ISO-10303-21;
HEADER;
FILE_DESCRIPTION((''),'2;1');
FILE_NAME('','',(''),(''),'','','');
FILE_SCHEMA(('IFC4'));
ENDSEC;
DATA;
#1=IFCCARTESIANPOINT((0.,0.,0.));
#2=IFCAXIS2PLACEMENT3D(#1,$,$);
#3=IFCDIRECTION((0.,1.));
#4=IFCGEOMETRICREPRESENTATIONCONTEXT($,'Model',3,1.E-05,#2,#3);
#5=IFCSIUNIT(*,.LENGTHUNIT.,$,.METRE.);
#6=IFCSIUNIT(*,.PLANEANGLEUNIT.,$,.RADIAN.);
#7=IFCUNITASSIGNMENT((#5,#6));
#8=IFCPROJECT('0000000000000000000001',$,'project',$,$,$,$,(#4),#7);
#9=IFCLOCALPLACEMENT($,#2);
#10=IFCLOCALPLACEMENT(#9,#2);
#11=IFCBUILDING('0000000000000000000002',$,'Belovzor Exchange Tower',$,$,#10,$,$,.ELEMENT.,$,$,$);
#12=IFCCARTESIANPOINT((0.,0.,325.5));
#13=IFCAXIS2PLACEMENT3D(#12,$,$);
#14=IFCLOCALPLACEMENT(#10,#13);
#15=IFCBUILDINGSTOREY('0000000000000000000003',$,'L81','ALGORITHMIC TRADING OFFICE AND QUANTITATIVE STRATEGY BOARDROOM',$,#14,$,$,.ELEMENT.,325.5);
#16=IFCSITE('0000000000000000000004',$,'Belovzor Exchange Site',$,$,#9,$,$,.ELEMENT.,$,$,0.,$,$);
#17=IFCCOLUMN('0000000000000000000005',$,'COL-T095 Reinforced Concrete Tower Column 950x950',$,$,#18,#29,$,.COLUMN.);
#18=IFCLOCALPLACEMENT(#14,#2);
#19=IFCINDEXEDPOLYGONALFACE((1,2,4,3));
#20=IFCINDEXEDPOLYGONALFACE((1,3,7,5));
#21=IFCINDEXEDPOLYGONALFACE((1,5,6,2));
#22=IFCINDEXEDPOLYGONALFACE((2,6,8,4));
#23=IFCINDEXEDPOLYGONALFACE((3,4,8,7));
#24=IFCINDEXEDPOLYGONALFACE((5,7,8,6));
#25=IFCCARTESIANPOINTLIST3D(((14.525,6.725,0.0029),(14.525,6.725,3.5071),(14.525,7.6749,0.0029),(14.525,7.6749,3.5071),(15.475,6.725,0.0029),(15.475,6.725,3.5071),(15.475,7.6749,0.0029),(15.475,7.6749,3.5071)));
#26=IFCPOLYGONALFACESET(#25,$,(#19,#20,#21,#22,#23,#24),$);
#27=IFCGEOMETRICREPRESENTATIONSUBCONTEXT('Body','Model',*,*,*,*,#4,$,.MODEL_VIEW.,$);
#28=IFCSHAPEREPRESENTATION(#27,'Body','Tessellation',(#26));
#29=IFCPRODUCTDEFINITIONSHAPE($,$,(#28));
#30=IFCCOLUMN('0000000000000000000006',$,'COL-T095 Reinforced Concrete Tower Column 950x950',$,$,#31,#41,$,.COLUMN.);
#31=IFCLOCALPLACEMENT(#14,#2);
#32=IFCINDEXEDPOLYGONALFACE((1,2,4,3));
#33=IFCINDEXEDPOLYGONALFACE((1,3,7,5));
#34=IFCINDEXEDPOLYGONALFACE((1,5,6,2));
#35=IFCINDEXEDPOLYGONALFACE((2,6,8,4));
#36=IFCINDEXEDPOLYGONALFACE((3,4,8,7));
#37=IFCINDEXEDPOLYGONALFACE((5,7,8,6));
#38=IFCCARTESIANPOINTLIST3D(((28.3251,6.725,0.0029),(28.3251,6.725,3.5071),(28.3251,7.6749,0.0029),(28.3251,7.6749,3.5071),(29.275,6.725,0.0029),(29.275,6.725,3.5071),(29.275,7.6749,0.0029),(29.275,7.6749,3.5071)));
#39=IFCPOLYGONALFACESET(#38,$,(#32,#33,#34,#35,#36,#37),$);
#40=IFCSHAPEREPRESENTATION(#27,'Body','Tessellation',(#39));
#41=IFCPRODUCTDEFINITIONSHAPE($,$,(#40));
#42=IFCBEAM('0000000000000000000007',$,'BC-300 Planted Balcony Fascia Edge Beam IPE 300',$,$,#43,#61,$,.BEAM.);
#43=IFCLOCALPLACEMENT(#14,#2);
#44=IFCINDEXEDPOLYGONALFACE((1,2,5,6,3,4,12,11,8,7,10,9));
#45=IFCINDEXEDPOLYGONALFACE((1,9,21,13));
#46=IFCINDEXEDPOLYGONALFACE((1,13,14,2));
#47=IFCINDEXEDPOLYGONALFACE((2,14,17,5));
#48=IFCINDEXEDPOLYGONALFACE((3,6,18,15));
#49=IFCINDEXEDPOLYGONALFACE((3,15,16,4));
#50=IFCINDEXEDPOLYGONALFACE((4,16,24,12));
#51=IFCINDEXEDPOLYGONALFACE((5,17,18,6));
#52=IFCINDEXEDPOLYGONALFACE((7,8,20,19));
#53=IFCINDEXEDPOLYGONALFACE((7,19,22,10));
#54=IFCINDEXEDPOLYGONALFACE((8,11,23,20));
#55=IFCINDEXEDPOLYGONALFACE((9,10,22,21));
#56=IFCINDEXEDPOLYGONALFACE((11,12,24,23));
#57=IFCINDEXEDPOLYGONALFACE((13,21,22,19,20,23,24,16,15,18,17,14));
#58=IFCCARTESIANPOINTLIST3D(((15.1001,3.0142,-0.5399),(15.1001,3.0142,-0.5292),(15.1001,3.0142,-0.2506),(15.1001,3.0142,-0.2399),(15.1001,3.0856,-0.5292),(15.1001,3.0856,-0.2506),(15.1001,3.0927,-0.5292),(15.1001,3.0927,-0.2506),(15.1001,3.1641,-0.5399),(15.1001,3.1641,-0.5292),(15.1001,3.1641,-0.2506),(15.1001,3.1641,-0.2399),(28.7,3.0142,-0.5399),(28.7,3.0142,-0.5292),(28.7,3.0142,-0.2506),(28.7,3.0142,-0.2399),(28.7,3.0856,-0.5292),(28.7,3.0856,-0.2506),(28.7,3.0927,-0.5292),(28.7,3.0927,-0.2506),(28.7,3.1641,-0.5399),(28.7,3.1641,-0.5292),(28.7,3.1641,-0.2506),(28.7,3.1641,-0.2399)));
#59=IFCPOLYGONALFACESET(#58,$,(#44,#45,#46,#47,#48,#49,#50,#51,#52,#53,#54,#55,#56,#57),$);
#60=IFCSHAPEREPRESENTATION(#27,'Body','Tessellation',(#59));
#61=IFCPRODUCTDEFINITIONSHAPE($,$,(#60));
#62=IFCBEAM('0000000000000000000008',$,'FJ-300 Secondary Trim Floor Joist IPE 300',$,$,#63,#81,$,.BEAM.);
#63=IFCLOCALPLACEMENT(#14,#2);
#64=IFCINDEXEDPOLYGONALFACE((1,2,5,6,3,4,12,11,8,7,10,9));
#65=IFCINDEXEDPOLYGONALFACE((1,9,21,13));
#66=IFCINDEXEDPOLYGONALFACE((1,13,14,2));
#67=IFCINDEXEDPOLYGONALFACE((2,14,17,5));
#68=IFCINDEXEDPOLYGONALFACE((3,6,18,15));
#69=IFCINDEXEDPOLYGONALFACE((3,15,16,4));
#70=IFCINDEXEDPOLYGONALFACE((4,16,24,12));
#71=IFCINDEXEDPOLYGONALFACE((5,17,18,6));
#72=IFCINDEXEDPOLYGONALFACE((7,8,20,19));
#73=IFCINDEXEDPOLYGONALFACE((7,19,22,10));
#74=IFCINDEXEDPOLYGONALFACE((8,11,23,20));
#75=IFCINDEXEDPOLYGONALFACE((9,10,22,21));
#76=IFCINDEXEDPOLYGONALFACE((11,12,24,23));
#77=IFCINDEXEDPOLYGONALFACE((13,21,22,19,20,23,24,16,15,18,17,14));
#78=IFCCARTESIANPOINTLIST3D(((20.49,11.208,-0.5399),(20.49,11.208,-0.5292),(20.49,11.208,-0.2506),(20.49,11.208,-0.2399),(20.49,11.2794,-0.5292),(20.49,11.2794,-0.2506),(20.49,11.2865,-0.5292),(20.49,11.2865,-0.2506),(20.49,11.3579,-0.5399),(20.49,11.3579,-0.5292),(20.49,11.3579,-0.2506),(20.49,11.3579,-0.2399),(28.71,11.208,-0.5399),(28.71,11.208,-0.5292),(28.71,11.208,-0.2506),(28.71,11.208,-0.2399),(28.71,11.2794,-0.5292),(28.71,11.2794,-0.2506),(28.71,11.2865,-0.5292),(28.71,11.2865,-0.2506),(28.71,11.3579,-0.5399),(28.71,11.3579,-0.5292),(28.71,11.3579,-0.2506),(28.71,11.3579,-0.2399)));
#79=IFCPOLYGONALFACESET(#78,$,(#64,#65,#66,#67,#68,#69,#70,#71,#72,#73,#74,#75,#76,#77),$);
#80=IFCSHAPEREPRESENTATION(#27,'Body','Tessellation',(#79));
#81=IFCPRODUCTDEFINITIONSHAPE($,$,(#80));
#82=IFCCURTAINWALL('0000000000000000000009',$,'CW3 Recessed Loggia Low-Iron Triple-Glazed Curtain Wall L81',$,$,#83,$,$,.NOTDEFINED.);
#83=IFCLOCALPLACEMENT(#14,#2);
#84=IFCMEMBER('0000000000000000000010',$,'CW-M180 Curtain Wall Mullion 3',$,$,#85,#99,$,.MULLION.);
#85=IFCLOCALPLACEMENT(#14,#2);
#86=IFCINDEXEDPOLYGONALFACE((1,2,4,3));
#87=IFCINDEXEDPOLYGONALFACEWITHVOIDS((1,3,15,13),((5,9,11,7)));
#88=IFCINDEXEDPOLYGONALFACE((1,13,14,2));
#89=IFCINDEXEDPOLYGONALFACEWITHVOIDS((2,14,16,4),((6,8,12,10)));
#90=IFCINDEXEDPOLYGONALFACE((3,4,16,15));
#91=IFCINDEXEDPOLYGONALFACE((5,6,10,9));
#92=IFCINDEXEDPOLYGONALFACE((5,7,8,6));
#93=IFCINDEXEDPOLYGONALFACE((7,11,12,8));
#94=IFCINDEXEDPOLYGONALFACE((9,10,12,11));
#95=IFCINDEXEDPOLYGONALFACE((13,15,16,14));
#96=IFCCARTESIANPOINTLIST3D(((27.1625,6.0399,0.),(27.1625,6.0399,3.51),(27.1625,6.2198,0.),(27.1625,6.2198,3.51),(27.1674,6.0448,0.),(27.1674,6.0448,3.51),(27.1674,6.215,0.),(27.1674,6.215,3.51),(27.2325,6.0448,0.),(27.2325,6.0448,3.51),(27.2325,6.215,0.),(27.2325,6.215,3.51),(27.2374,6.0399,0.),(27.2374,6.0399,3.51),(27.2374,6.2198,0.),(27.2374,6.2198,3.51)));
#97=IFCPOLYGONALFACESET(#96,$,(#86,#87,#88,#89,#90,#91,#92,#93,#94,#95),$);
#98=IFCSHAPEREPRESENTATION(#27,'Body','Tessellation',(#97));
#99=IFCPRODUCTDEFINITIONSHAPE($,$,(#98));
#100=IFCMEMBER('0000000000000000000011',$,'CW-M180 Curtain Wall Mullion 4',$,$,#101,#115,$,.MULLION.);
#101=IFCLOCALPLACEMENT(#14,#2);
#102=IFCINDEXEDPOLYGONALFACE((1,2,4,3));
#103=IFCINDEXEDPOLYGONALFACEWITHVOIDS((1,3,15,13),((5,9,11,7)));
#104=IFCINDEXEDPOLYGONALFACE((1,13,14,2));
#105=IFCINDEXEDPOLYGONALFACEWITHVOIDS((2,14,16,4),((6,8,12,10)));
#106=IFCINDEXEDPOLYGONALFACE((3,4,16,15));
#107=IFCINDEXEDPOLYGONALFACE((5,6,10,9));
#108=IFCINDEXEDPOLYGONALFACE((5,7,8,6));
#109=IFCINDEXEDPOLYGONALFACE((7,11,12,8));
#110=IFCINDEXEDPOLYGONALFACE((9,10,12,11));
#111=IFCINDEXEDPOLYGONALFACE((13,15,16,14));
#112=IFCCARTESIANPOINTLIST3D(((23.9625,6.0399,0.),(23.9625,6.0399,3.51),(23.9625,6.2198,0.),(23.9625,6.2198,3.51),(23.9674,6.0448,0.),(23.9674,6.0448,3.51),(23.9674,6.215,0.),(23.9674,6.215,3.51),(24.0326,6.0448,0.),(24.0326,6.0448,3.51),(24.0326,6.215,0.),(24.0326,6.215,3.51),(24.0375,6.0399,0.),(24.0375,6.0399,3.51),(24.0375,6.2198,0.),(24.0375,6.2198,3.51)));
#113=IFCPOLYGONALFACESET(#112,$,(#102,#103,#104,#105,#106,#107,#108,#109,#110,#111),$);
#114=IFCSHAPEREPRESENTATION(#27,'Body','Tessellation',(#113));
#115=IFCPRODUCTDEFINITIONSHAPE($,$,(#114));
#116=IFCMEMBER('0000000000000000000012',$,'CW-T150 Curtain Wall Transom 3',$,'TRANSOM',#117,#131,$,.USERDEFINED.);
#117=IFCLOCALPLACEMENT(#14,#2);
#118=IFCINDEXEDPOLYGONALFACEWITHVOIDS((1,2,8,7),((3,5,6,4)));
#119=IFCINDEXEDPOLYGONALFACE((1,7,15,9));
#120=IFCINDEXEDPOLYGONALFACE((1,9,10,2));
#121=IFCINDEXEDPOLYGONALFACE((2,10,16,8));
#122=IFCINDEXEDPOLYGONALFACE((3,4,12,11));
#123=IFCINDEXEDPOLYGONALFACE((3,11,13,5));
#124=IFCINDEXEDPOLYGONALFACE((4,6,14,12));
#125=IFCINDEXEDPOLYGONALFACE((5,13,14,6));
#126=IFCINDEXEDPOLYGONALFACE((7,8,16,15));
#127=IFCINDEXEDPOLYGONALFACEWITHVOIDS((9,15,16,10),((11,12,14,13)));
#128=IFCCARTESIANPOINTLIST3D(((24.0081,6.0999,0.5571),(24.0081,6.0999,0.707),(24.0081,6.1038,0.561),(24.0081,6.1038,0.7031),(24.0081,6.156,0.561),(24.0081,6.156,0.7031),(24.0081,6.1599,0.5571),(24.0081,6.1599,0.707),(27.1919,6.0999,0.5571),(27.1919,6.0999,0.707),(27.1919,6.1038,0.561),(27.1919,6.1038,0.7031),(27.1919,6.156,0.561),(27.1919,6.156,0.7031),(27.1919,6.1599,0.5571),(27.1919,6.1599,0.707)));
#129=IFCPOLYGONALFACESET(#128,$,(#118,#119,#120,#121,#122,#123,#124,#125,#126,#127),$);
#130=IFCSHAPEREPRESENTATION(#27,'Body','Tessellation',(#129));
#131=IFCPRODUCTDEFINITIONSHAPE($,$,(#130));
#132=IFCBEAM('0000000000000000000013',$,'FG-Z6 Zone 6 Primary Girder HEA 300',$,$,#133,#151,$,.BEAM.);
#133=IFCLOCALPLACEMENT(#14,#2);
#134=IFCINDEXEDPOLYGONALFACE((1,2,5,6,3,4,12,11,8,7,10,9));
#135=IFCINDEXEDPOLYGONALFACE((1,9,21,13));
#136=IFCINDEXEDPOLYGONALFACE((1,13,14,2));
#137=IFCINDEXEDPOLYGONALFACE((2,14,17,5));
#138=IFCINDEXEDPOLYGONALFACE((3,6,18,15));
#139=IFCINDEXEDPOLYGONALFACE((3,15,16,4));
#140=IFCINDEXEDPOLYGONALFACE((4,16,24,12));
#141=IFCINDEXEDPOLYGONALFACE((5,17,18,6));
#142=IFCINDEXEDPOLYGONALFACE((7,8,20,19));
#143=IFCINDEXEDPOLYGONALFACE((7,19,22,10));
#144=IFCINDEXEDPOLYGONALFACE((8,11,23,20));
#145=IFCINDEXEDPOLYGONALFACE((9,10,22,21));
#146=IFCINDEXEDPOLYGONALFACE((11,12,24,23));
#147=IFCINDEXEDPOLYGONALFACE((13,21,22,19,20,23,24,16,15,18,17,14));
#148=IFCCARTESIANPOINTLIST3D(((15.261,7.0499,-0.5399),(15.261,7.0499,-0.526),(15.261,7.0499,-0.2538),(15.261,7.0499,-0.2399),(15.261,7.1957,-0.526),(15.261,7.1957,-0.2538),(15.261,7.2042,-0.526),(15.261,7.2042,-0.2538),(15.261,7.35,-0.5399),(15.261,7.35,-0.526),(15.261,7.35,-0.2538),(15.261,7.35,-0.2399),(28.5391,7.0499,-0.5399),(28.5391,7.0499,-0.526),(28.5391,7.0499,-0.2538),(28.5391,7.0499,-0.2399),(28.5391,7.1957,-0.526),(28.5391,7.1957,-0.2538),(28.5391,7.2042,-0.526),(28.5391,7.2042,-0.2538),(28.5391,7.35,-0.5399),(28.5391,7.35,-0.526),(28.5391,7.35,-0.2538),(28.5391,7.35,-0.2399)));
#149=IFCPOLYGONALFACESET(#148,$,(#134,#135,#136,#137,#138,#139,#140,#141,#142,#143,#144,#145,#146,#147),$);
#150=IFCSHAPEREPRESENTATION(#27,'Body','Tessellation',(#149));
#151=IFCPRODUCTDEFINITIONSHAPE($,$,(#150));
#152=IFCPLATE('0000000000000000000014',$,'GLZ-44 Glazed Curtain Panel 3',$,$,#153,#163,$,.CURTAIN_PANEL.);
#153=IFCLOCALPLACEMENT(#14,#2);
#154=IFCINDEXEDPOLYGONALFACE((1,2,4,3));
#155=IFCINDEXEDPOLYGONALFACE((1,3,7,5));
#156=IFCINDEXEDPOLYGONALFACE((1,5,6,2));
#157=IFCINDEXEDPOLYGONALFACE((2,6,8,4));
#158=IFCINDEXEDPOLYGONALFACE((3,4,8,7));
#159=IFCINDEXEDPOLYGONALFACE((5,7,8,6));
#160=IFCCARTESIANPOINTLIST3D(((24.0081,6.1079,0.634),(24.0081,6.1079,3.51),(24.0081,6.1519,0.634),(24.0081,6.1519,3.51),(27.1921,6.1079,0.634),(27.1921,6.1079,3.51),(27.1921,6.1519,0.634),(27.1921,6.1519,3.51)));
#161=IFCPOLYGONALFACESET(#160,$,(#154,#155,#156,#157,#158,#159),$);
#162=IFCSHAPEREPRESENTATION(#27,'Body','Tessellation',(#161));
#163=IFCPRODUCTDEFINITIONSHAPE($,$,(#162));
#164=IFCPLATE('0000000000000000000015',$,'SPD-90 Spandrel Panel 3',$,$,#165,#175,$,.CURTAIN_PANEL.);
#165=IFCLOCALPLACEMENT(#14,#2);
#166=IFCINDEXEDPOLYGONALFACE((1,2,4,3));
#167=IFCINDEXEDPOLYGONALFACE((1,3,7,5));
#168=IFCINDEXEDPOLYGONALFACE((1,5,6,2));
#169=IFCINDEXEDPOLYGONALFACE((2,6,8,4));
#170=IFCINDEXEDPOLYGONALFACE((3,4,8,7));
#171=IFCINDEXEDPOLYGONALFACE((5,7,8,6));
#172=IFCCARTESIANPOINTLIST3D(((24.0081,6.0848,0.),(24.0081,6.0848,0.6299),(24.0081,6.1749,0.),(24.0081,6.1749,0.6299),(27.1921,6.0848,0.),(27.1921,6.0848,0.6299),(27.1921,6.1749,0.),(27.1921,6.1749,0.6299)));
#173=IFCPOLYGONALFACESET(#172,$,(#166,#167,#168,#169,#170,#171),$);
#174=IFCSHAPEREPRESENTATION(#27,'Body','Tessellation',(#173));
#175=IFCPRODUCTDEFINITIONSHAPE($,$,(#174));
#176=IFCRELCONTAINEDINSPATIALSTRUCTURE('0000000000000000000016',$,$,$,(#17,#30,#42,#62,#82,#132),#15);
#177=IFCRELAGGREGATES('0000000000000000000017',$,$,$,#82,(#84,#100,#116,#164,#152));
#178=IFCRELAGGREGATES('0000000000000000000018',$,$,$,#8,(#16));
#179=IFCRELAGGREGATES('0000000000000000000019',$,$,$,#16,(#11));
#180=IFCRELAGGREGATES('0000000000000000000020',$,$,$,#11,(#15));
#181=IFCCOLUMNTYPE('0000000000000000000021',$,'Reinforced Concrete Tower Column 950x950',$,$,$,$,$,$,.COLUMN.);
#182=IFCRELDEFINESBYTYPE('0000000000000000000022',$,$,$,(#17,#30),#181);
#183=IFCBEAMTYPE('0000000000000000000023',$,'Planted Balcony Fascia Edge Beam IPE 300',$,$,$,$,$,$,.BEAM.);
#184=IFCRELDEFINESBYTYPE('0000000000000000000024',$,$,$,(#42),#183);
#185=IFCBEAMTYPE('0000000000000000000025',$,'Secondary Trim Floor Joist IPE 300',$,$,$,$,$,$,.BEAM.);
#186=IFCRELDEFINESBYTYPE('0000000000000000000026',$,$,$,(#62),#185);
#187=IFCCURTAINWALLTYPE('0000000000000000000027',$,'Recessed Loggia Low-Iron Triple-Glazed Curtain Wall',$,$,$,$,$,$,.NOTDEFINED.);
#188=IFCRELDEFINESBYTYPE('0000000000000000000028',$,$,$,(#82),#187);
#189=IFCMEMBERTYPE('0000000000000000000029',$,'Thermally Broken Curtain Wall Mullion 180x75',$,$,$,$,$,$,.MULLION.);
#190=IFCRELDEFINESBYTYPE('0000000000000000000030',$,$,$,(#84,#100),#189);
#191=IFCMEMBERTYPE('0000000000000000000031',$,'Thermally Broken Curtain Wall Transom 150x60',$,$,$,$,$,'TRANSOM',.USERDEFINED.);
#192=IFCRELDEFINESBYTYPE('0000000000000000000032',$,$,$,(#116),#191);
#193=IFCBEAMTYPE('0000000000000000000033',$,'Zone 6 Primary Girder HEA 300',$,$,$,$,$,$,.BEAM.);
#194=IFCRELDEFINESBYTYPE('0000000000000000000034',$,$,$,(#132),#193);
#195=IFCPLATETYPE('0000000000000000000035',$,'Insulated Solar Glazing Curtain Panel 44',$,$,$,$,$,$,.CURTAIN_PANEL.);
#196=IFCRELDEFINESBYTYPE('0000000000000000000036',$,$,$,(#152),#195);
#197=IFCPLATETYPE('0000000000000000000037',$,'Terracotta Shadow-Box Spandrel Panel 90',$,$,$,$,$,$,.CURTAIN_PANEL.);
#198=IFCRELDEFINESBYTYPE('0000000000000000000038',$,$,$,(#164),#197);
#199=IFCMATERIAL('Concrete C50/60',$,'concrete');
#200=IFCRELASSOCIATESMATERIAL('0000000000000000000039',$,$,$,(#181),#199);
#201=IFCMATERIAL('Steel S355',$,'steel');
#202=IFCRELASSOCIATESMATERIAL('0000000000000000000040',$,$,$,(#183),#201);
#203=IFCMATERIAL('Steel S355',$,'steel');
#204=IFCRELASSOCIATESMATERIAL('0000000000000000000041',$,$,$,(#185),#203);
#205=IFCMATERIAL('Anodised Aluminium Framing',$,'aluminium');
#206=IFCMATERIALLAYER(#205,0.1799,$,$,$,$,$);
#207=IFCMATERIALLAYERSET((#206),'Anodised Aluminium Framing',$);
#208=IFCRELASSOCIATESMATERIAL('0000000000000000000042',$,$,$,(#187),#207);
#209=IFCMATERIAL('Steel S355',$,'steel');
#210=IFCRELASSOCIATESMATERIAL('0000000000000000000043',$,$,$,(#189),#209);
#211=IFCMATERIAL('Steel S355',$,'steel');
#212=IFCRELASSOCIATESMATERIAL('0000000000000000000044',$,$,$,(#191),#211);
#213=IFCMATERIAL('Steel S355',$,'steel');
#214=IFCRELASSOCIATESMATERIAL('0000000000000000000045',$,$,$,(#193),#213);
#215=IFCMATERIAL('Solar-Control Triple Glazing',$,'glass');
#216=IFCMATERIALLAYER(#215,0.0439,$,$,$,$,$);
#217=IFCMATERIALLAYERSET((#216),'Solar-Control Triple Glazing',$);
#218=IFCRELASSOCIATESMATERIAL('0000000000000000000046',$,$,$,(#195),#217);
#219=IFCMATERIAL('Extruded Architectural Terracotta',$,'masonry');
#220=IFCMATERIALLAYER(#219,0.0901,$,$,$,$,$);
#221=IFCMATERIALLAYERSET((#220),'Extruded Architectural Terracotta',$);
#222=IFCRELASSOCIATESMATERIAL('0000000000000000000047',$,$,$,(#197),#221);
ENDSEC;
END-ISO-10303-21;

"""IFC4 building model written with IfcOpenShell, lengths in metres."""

from ifc_helpers import new_model, si_unit, direction, frame, origin, origin_2d, place, context, subcontext, project, spatial, rectangle, hollow_rectangle, i_section, extrude, material, layer, layer_set, material_profile, profile_set, type_object, element, aggregate, save


model = new_model("IFC4")

# Units and contexts
model_context = context("Model", 3, precision=1e-05, world=origin(), true_north=direction((0.0, 1.0)))
body_context = subcontext(model_context, "Body", "Model", "MODEL_VIEW")
ifc_project = project(units=[si_unit("LENGTHUNIT", "METRE"), si_unit("PLANEANGLEUNIT", "RADIAN")], contexts=[model_context])

# Site, building, storey
site_placement = place(None, origin())
site = spatial("IfcSite", under=ifc_project, at=site_placement, Name="Belovzor Exchange Site", CompositionType="ELEMENT", RefElevation=0.0)
building_placement = place(site_placement, origin())
building = spatial("IfcBuilding", under=site, at=building_placement, Name="Belovzor Exchange Tower", CompositionType="ELEMENT")
storey_placement = place(building_placement, frame((0.0, 0.0, 325.5)))
storey = spatial("IfcBuildingStorey", under=building, at=storey_placement, Name="L81", Description="ALGORITHMIC TRADING OFFICE AND QUANTITATIVE STRATEGY BOARDROOM", CompositionType="ELEMENT", Elevation=325.5)

# Columns
ifc_material_1 = material(Name="Concrete C50/60", Category="concrete")
ifc_material_profile_1 = material_profile(ifc_material_1, rectangle(XDim=0.95, YDim=0.95, at=origin_2d()))
ifc_profile_set_1 = profile_set([ifc_material_profile_1], Name="Concrete C50/60")
column_type = type_object("IfcColumnType", Name="Reinforced Concrete Tower Column 950x950", PredefinedType="COLUMN", material=ifc_profile_set_1)
for number, where, z_axis, x_axis, name in (
    (1, (15.0, 7.2, 0.0029), (0.0, 0.0, 1.0), (1.0, 0.0, 0.0), "COL-T095 Reinforced Concrete Tower Column 950x950"),
    (2, (28.8, 7.2, 0.0029), (0.0, 0.0, 1.0), (1.0, 0.0, 0.0), "COL-T095 Reinforced Concrete Tower Column 950x950"),
):
    element("IfcColumn", number, at=place(storey_placement, frame(where, z_axis=z_axis, x_axis=x_axis)), inside=storey, type_object=column_type, Name=name, PredefinedType="COLUMN", context=body_context, shape_type="SweptSolid", body=[
        extrude(rectangle(XDim=0.95, YDim=0.95, at=origin_2d()), origin(), (0.0, 0.0, 1.0), 3.5042),
    ])

# Beams
ifc_material_2 = material(Name="Steel S355", Category="steel")
ifc_material_profile_2 = material_profile(ifc_material_2, i_section(OverallWidth=0.1499, OverallDepth=0.3, WebThickness=0.0071, FlangeThickness=0.0107, at=origin_2d()))
ifc_profile_set_2 = profile_set([ifc_material_profile_2], Name="Steel S355")
beam_type_1 = type_object("IfcBeamType", Name="Planted Balcony Fascia Edge Beam IPE 300", PredefinedType="BEAM", material=ifc_profile_set_2)
beam_1_placement = place(storey_placement, frame((15.1001, 3.0891, -0.3899), z_axis=(1.0, 0.0, 0.0), x_axis=(0.0, 1.0, 0.0)))
element("IfcBeam", 3, at=beam_1_placement, inside=storey, type_object=beam_type_1, Name="BC-300 Planted Balcony Fascia Edge Beam IPE 300", PredefinedType="BEAM", context=body_context, shape_type="SweptSolid", body=[
    extrude(i_section(OverallWidth=0.1499, OverallDepth=0.3, WebThickness=0.0071, FlangeThickness=0.0107, at=origin_2d()), origin(), (0.0, 0.0, 1.0), 13.5999),
])
ifc_material_3 = material(Name="Steel S355", Category="steel")
ifc_material_profile_3 = material_profile(ifc_material_3, i_section(OverallWidth=0.1499, OverallDepth=0.3, WebThickness=0.0071, FlangeThickness=0.0107, at=origin_2d()))
ifc_profile_set_3 = profile_set([ifc_material_profile_3], Name="Steel S355")
beam_type_2 = type_object("IfcBeamType", Name="Secondary Trim Floor Joist IPE 300", PredefinedType="BEAM", material=ifc_profile_set_3)
beam_2_placement = place(storey_placement, frame((20.49, 11.283, -0.3899), z_axis=(1.0, 0.0, 0.0), x_axis=(0.0, 1.0, 0.0)))
element("IfcBeam", 4, at=beam_2_placement, inside=storey, type_object=beam_type_2, Name="FJ-300 Secondary Trim Floor Joist IPE 300", PredefinedType="BEAM", context=body_context, shape_type="SweptSolid", body=[
    extrude(i_section(OverallWidth=0.1499, OverallDepth=0.3, WebThickness=0.0071, FlangeThickness=0.0107, at=origin_2d()), origin(), (0.0, 0.0, 1.0), 8.22),
])

# Curtain wall, members
ifc_material_4 = material(Name="Anodised Aluminium Framing", Category="aluminium")
ifc_layer_1 = layer(ifc_material_4, 0.1799)
ifc_layer_set_1 = layer_set([ifc_layer_1], Name="Anodised Aluminium Framing")
curtain_wall_type = type_object("IfcCurtainWallType", Name="Recessed Loggia Low-Iron Triple-Glazed Curtain Wall", PredefinedType="NOTDEFINED", material=ifc_layer_set_1)
curtain_wall_placement = place(storey_placement, origin())
curtain_wall = element("IfcCurtainWall", 5, at=curtain_wall_placement, inside=storey, type_object=curtain_wall_type, Name="CW3 Recessed Loggia Low-Iron Triple-Glazed Curtain Wall L81", PredefinedType="NOTDEFINED")
ifc_material_5 = material(Name="Steel S355", Category="steel")
ifc_material_profile_4 = material_profile(ifc_material_5, hollow_rectangle(XDim=0.075, YDim=0.1799, WallThickness=0.0049, at=origin_2d()))
ifc_profile_set_4 = profile_set([ifc_material_profile_4], Name="Steel S355")
member_type_1 = type_object("IfcMemberType", Name="Thermally Broken Curtain Wall Mullion 180x75", PredefinedType="MULLION", material=ifc_profile_set_4)
member_1_placement = place(storey_placement, frame((27.2, 6.1299, 0.0), z_axis=(0.0, 0.0, 1.0), x_axis=(-1.0, 0.0, 0.0)))
member_1 = element("IfcMember", 6, at=member_1_placement, type_object=member_type_1, Name="CW-M180 Curtain Wall Mullion 3", PredefinedType="MULLION", context=body_context, shape_type="SweptSolid", body=[
    extrude(hollow_rectangle(XDim=0.075, YDim=0.1799, WallThickness=0.0049, at=origin_2d()), origin(), (0.0, 0.0, 1.0), 3.51),
])
member_2_placement = place(storey_placement, frame((24.0, 6.1299, 0.0), z_axis=(0.0, 0.0, 1.0), x_axis=(-1.0, 0.0, 0.0)))
member_2 = element("IfcMember", 7, at=member_2_placement, type_object=member_type_1, Name="CW-M180 Curtain Wall Mullion 4", PredefinedType="MULLION", context=body_context, shape_type="SweptSolid", body=[
    extrude(hollow_rectangle(XDim=0.075, YDim=0.1799, WallThickness=0.0049, at=origin_2d()), origin(), (0.0, 0.0, 1.0), 3.51),
])
ifc_material_6 = material(Name="Steel S355", Category="steel")
ifc_material_profile_5 = material_profile(ifc_material_6, hollow_rectangle(XDim=0.0601, YDim=0.1499, WallThickness=0.0039, at=origin_2d()))
ifc_profile_set_5 = profile_set([ifc_material_profile_5], Name="Steel S355")
member_type_2 = type_object("IfcMemberType", Name="Thermally Broken Curtain Wall Transom 150x60", ElementType="TRANSOM", PredefinedType="USERDEFINED", material=ifc_profile_set_5)
member_3_placement = place(storey_placement, frame((27.1919, 6.1299, 0.6321), z_axis=(-1.0, 0.0, 0.0), x_axis=(0.0, -1.0, 0.0)))
member_3 = element("IfcMember", 8, at=member_3_placement, type_object=member_type_2, Name="CW-T150 Curtain Wall Transom 3", ObjectType="TRANSOM", PredefinedType="USERDEFINED", context=body_context, shape_type="SweptSolid", body=[
    extrude(hollow_rectangle(XDim=0.0601, YDim=0.1499, WallThickness=0.0039, at=origin_2d()), origin(), (0.0, 0.0, 1.0), 3.1838),
])

# Beam
ifc_material_7 = material(Name="Steel S355", Category="steel")
ifc_material_profile_6 = material_profile(ifc_material_7, i_section(OverallWidth=0.3, OverallDepth=0.3, WebThickness=0.0085, FlangeThickness=0.0139, at=origin_2d()))
ifc_profile_set_6 = profile_set([ifc_material_profile_6], Name="Steel S355")
beam_type_3 = type_object("IfcBeamType", Name="Zone 6 Primary Girder HEA 300", PredefinedType="BEAM", material=ifc_profile_set_6)
beam_3_placement = place(storey_placement, frame((15.261, 7.2, -0.3899), z_axis=(1.0, 0.0, 0.0), x_axis=(0.0, 1.0, 0.0)))
element("IfcBeam", 9, at=beam_3_placement, inside=storey, type_object=beam_type_3, Name="FG-Z6 Zone 6 Primary Girder HEA 300", PredefinedType="BEAM", context=body_context, shape_type="SweptSolid", body=[
    extrude(i_section(OverallWidth=0.3, OverallDepth=0.3, WebThickness=0.0085, FlangeThickness=0.0139, at=origin_2d()), origin(), (0.0, 0.0, 1.0), 13.2781),
])

# Plates
ifc_material_8 = material(Name="Solar-Control Triple Glazing", Category="glass")
ifc_layer_2 = layer(ifc_material_8, 0.0439)
ifc_layer_set_2 = layer_set([ifc_layer_2], Name="Solar-Control Triple Glazing")
plate_type_1 = type_object("IfcPlateType", Name="Insulated Solar Glazing Curtain Panel 44", PredefinedType="CURTAIN_PANEL", material=ifc_layer_set_2)
plate_1_placement = place(storey_placement, frame((25.6001, 6.1299, 0.634), z_axis=(0.0, 0.0, 1.0), x_axis=(-1.0, 0.0, 0.0)))
plate_1 = element("IfcPlate", 10, at=plate_1_placement, type_object=plate_type_1, Name="GLZ-44 Glazed Curtain Panel 3", PredefinedType="CURTAIN_PANEL", context=body_context, shape_type="SweptSolid", body=[
    extrude(rectangle(XDim=3.1841, YDim=0.0439, at=origin_2d()), origin(), (0.0, 0.0, 1.0), 2.876),
])
ifc_material_9 = material(Name="Extruded Architectural Terracotta", Category="masonry")
ifc_layer_3 = layer(ifc_material_9, 0.0901)
ifc_layer_set_3 = layer_set([ifc_layer_3], Name="Extruded Architectural Terracotta")
plate_type_2 = type_object("IfcPlateType", Name="Terracotta Shadow-Box Spandrel Panel 90", PredefinedType="CURTAIN_PANEL", material=ifc_layer_set_3)
plate_2_placement = place(storey_placement, frame((25.6001, 6.1299, 0.0), z_axis=(0.0, 0.0, 1.0), x_axis=(-1.0, 0.0, 0.0)))
plate_2 = element("IfcPlate", 11, at=plate_2_placement, type_object=plate_type_2, Name="SPD-90 Spandrel Panel 3", PredefinedType="CURTAIN_PANEL", context=body_context, shape_type="SweptSolid", body=[
    extrude(rectangle(XDim=3.1841, YDim=0.0901, at=origin_2d()), origin(), (0.0, 0.0, 1.0), 0.6299),
])
aggregate(curtain_wall, [member_1, member_2, member_3, plate_2, plate_1])

save(model, "model.ifc")
